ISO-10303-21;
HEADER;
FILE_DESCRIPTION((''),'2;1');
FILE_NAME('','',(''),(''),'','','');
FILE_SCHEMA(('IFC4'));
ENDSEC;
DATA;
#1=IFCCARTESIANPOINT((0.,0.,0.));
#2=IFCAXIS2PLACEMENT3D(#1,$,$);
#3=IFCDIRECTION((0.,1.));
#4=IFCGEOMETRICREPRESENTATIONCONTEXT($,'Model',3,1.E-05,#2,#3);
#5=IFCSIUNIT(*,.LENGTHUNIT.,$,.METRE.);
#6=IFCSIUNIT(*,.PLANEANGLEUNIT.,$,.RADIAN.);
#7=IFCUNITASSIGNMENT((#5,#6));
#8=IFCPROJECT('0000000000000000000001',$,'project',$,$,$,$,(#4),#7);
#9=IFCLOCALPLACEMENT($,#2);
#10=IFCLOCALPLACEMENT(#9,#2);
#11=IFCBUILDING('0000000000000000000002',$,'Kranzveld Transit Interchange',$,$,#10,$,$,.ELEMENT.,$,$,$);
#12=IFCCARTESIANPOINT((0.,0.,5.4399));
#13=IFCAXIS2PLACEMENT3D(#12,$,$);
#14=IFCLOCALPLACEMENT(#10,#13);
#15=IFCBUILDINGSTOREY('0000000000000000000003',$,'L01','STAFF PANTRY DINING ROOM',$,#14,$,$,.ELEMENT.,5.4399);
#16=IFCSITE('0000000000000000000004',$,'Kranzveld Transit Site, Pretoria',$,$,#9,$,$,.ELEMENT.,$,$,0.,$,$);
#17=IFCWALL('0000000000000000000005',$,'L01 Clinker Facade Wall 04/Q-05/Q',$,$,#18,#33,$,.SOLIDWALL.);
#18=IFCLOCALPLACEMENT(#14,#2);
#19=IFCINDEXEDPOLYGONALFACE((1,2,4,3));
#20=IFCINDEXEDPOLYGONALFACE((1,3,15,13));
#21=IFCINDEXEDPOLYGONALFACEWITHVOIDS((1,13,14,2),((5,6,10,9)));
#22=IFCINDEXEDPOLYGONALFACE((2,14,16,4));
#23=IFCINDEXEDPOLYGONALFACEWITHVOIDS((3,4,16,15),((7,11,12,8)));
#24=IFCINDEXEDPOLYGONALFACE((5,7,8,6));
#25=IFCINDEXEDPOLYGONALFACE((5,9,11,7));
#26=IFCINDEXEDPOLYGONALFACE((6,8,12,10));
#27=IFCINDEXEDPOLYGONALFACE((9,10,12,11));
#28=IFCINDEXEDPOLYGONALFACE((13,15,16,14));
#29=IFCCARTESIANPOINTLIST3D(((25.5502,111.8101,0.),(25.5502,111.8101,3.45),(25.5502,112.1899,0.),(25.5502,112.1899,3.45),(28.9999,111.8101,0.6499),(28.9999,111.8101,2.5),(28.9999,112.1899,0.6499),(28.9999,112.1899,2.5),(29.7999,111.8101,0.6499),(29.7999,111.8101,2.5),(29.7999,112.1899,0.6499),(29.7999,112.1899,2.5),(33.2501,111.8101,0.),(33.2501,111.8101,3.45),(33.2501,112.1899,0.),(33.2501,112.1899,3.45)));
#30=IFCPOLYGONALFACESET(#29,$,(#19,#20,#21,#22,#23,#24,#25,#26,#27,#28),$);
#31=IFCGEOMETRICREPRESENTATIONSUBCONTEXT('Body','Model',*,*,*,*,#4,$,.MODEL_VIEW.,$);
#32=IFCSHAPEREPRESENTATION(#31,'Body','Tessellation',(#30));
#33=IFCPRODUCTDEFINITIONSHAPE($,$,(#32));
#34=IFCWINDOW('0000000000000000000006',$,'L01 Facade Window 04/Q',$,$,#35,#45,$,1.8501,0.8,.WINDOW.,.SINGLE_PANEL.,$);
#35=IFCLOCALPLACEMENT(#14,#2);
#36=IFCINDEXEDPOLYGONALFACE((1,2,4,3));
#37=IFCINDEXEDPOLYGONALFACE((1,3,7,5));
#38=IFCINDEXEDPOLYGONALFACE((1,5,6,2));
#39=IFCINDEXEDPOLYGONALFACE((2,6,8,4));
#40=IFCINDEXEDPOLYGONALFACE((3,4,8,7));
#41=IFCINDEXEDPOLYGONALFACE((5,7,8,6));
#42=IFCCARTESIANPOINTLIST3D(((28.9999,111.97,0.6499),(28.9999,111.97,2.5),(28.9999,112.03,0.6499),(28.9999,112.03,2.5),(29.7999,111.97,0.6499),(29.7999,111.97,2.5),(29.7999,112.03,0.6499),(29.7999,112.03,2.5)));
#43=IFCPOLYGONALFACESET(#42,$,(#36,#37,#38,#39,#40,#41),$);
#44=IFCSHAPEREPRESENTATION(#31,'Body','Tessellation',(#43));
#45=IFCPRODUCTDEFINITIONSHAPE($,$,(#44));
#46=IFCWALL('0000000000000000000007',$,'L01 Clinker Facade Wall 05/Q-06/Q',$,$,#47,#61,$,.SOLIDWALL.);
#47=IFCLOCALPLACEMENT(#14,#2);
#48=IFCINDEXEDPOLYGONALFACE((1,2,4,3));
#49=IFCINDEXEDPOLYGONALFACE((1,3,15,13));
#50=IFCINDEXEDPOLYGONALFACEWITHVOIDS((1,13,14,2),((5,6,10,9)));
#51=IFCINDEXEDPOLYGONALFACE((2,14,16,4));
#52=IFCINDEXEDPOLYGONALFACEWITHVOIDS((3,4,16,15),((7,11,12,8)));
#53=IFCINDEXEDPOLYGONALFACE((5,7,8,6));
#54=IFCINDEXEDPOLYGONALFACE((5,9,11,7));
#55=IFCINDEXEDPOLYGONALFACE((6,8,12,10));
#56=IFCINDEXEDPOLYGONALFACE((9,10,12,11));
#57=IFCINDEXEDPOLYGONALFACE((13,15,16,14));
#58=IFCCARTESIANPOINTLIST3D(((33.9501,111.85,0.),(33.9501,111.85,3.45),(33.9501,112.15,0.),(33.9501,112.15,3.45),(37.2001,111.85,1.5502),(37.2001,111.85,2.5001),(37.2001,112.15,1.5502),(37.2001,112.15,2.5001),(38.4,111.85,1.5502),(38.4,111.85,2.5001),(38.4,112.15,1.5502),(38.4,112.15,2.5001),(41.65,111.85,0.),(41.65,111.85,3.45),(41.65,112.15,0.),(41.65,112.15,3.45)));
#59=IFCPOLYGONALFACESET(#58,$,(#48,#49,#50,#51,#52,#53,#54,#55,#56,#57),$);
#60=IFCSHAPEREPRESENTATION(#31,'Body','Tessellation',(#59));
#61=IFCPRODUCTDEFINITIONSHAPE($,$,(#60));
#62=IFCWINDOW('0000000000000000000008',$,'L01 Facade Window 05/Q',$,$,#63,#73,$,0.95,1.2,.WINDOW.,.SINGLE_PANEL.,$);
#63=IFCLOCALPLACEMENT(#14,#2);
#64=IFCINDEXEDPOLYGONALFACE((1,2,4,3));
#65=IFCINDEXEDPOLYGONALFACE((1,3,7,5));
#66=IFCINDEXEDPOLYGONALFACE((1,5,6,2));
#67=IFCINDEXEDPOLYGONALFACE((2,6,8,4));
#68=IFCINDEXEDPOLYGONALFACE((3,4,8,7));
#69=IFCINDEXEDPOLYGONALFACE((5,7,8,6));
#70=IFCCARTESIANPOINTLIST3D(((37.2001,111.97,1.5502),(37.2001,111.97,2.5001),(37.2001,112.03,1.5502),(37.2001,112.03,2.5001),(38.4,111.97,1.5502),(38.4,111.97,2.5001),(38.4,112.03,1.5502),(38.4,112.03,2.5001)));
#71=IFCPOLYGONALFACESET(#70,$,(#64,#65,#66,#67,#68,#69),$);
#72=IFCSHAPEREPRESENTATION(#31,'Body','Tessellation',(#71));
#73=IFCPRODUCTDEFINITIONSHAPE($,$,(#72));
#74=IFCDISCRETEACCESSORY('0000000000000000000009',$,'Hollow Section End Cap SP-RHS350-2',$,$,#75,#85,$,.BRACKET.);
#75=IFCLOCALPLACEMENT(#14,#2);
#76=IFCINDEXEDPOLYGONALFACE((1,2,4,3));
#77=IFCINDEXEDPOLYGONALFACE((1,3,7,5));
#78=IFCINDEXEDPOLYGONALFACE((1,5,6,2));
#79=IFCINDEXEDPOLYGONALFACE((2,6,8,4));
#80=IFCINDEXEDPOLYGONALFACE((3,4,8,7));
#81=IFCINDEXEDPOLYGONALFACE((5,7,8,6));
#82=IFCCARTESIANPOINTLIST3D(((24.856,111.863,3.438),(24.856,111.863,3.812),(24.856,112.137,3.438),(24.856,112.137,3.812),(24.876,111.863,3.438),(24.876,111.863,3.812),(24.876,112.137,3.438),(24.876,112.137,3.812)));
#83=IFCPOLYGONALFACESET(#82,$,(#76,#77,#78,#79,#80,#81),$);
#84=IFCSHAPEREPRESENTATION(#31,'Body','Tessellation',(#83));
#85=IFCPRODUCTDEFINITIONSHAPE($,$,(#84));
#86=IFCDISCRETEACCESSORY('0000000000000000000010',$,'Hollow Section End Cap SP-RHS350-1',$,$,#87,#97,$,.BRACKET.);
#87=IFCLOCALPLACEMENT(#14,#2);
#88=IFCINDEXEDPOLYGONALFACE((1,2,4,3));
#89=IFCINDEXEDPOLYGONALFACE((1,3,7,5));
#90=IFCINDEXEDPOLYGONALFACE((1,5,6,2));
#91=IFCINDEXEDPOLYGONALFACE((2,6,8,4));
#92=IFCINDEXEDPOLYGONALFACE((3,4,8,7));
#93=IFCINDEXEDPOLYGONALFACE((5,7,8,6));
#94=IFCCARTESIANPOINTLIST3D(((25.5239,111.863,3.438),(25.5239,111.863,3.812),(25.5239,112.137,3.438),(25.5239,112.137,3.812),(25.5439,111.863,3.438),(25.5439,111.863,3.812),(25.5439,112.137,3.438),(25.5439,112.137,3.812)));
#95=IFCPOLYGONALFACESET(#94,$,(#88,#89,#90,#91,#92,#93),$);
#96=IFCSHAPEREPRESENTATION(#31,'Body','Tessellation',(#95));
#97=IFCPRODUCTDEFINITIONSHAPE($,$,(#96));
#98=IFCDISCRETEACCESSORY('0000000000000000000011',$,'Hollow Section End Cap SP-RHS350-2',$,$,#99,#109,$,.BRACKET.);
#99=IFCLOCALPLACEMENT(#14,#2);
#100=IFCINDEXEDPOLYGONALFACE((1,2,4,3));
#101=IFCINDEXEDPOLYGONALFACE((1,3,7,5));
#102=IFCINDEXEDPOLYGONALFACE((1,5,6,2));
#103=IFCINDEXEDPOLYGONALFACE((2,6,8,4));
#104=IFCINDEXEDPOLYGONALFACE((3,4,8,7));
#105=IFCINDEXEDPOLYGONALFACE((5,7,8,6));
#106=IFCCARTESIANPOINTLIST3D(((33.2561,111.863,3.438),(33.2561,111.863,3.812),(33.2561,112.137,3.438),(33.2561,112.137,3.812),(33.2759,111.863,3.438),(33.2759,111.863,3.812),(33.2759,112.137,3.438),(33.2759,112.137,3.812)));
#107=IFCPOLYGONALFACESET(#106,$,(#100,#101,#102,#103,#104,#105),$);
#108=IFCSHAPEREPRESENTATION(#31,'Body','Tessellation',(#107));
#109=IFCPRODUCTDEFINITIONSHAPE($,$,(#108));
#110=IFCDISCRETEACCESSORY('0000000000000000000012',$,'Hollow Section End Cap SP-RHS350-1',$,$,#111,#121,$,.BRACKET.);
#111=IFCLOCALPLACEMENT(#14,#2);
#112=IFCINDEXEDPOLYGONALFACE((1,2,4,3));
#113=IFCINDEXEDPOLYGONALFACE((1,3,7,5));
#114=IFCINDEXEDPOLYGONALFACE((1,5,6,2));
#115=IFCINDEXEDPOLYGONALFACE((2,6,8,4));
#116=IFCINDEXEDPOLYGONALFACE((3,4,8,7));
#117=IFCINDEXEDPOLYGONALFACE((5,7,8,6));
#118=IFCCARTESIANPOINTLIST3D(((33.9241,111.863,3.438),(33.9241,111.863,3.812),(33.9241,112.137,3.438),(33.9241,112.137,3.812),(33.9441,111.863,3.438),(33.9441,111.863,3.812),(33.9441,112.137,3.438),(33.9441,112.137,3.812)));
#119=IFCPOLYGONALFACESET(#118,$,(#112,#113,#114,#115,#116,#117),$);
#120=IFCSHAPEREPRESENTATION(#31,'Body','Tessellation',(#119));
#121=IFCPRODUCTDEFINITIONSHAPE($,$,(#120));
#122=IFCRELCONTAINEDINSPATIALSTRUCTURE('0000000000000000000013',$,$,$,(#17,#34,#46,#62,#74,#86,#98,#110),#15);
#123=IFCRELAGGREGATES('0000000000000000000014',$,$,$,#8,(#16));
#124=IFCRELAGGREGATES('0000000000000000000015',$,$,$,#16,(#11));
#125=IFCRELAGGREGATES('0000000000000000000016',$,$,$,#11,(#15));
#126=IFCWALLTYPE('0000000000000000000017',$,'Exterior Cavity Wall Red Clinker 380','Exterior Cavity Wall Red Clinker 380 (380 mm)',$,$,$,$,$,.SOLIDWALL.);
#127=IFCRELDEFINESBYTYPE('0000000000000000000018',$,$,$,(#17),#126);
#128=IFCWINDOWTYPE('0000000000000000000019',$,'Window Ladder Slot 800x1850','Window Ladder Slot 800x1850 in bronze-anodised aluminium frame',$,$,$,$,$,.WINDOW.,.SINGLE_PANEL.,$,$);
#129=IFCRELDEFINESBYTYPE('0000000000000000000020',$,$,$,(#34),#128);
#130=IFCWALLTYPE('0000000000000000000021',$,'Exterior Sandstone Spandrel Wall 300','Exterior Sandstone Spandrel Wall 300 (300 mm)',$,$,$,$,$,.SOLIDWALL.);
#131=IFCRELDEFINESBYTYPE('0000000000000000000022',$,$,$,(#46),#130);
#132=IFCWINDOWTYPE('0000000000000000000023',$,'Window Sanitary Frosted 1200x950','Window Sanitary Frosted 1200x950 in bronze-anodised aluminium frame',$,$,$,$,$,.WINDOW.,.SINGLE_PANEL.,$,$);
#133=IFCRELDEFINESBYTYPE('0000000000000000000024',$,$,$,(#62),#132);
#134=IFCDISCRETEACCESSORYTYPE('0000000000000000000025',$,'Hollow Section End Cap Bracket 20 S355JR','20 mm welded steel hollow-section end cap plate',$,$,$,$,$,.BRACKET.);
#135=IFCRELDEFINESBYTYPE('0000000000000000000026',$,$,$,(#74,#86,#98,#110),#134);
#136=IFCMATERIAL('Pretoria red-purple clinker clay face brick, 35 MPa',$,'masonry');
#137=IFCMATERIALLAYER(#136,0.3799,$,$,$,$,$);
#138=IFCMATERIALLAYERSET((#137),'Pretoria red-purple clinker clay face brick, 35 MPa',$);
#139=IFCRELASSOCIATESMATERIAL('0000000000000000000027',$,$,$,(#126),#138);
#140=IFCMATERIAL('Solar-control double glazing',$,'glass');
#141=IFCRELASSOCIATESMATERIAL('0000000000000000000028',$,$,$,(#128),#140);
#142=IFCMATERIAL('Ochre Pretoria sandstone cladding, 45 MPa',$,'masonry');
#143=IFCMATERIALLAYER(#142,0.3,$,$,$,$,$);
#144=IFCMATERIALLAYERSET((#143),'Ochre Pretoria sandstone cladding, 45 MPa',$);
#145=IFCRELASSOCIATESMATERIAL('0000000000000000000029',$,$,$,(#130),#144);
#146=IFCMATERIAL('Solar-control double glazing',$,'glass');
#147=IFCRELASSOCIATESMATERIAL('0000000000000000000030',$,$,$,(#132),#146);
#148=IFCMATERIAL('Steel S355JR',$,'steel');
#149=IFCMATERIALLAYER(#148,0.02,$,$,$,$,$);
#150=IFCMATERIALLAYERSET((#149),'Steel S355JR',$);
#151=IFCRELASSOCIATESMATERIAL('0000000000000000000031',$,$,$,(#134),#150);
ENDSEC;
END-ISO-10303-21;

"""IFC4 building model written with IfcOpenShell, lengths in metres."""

from ifc_helpers import new_model, si_unit, direction, frame, frame_2d, origin, origin_2d, place, context, subcontext, project, spatial, rectangle, extrude, material, layer, layer_set, type_object, element, fill, save


model = new_model("IFC4")

# Units and contexts
model_context = context("Model", 3, precision=1e-05, world=origin(), true_north=direction((0.0, 1.0)))
body_context = subcontext(model_context, "Body", "Model", "MODEL_VIEW")
ifc_project = project(units=[si_unit("LENGTHUNIT", "METRE"), si_unit("PLANEANGLEUNIT", "RADIAN")], contexts=[model_context])

# Site, building, storey
site_placement = place(None, origin())
site = spatial("IfcSite", under=ifc_project, at=site_placement, Name="Kranzveld Transit Site, Pretoria", CompositionType="ELEMENT", RefElevation=0.0)
building_placement = place(site_placement, origin())
building = spatial("IfcBuilding", under=site, at=building_placement, Name="Kranzveld Transit Interchange", CompositionType="ELEMENT")
storey_placement = place(building_placement, frame((0.0, 0.0, 5.4399)))
storey = spatial("IfcBuildingStorey", under=building, at=storey_placement, Name="L01", Description="STAFF PANTRY DINING ROOM", CompositionType="ELEMENT", Elevation=5.4399)

# Walls, openings, windows
ifc_material_1 = material(Name="Pretoria red-purple clinker clay face brick, 35 MPa", Category="masonry")
ifc_layer_1 = layer(ifc_material_1, 0.3799)
ifc_layer_set_1 = layer_set([ifc_layer_1], Name="Pretoria red-purple clinker clay face brick, 35 MPa")
wall_type_1 = type_object("IfcWallType", Name="Exterior Cavity Wall Red Clinker 380", Description="Exterior Cavity Wall Red Clinker 380 (380 mm)", PredefinedType="SOLIDWALL", material=ifc_layer_set_1)
wall_1_placement = place(storey_placement, frame((25.55, 112.0, 0.0), z_axis=(0.0, 0.0, 1.0), x_axis=(1.0, 0.0, 0.0)))
wall_1 = element("IfcWall", 1, at=wall_1_placement, inside=storey, type_object=wall_type_1, Name="L01 Clinker Facade Wall 04/Q-05/Q", PredefinedType="SOLIDWALL", context=body_context, shape_type="SweptSolid", body=[
    extrude(rectangle(XDim=7.7, YDim=0.3799, at=frame_2d((3.8501, 0.0))), origin(), (0.0, 0.0, 1.0), 3.45),
])
opening_1_placement = place(wall_1_placement, frame((3.45, 0.0, 0.6499), z_axis=(0.0, 0.0, 1.0), x_axis=(1.0, 0.0, 0.0)))
opening_1 = element("IfcOpeningElement", 2, at=opening_1_placement, cuts=wall_1, PredefinedType="OPENING", context=body_context, shape_type="SweptSolid", body=[
    extrude(rectangle(XDim=0.8, YDim=1.8501, at=frame_2d((0.3999, 0.925))), frame((0.0, 0.2, 0.0), z_axis=(0.0, -1.0, 0.0), x_axis=(1.0, 0.0, 0.0)), (0.0, 0.0, 1.0), 0.3999),
])
ifc_material_2 = material(Name="Solar-control double glazing", Category="glass")
window_type_1 = type_object("IfcWindowType", Name="Window Ladder Slot 800x1850", Description="Window Ladder Slot 800x1850 in bronze-anodised aluminium frame", PartitioningType="SINGLE_PANEL", PredefinedType="WINDOW", material=ifc_material_2)
window_1_placement = place(opening_1_placement, origin())
window_1 = element("IfcWindow", 3, at=window_1_placement, inside=storey, type_object=window_type_1, Name="L01 Facade Window 04/Q", OverallHeight=1.8501, OverallWidth=0.8, PartitioningType="SINGLE_PANEL", PredefinedType="WINDOW", context=body_context, shape_type="SweptSolid", body=[
    extrude(rectangle(XDim=0.8, YDim=1.8501, at=frame_2d((0.3999, 0.925))), frame((0.0, 0.03, 0.0), z_axis=(0.0, -1.0, 0.0), x_axis=(1.0, 0.0, 0.0)), (0.0, 0.0, 1.0), 0.0601),
])
fill(opening_1, window_1)
ifc_material_3 = material(Name="Ochre Pretoria sandstone cladding, 45 MPa", Category="masonry")
ifc_layer_2 = layer(ifc_material_3, 0.3)
ifc_layer_set_2 = layer_set([ifc_layer_2], Name="Ochre Pretoria sandstone cladding, 45 MPa")
wall_type_2 = type_object("IfcWallType", Name="Exterior Sandstone Spandrel Wall 300", Description="Exterior Sandstone Spandrel Wall 300 (300 mm)", PredefinedType="SOLIDWALL", material=ifc_layer_set_2)
wall_2_placement = place(storey_placement, frame((33.95, 112.0, 0.0), z_axis=(0.0, 0.0, 1.0), x_axis=(1.0, 0.0, 0.0)))
wall_2 = element("IfcWall", 4, at=wall_2_placement, inside=storey, type_object=wall_type_2, Name="L01 Clinker Facade Wall 05/Q-06/Q", PredefinedType="SOLIDWALL", context=body_context, shape_type="SweptSolid", body=[
    extrude(rectangle(XDim=7.7, YDim=0.3, at=frame_2d((3.8501, 0.0))), origin(), (0.0, 0.0, 1.0), 3.45),
])
opening_2_placement = place(wall_2_placement, frame((3.25, 0.0, 1.55), z_axis=(0.0, 0.0, 1.0), x_axis=(1.0, 0.0, 0.0)))
opening_2 = element("IfcOpeningElement", 5, at=opening_2_placement, cuts=wall_2, PredefinedType="OPENING", context=body_context, shape_type="SweptSolid", body=[
    extrude(rectangle(XDim=1.2, YDim=0.95, at=frame_2d((0.6001, 0.4751))), frame((0.0, 0.1599, 0.0), z_axis=(0.0, -1.0, 0.0), x_axis=(1.0, 0.0, 0.0)), (0.0, 0.0, 1.0), 0.3201),
])
ifc_material_4 = material(Name="Solar-control double glazing", Category="glass")
window_type_2 = type_object("IfcWindowType", Name="Window Sanitary Frosted 1200x950", Description="Window Sanitary Frosted 1200x950 in bronze-anodised aluminium frame", PartitioningType="SINGLE_PANEL", PredefinedType="WINDOW", material=ifc_material_4)
window_2_placement = place(opening_2_placement, origin())
window_2 = element("IfcWindow", 6, at=window_2_placement, inside=storey, type_object=window_type_2, Name="L01 Facade Window 05/Q", OverallHeight=0.95, OverallWidth=1.2, PartitioningType="SINGLE_PANEL", PredefinedType="WINDOW", context=body_context, shape_type="SweptSolid", body=[
    extrude(rectangle(XDim=1.2, YDim=0.95, at=frame_2d((0.6001, 0.4751))), frame((0.0, 0.03, 0.0), z_axis=(0.0, -1.0, 0.0), x_axis=(1.0, 0.0, 0.0)), (0.0, 0.0, 1.0), 0.0601),
])
fill(opening_2, window_2)

# Discrete accessories
ifc_material_5 = material(Name="Steel S355JR", Category="steel")
ifc_layer_3 = layer(ifc_material_5, 0.02)
ifc_layer_set_3 = layer_set([ifc_layer_3], Name="Steel S355JR")
discrete_accessory_type = type_object("IfcDiscreteAccessoryType", Name="Hollow Section End Cap Bracket 20 S355JR", Description="20 mm welded steel hollow-section end cap plate", PredefinedType="BRACKET", material=ifc_layer_set_3)
for number, where, z_axis, x_axis, name in (
    (7, (24.856, 112.0, 3.625), (1.0, 0.0, 0.0), (0.0, 1.0, 0.0), "Hollow Section End Cap SP-RHS350-2"),
    (8, (25.5439, 112.0, 3.625), (-1.0, 0.0, 0.0), (0.0, -1.0, 0.0), "Hollow Section End Cap SP-RHS350-1"),
):
    element("IfcDiscreteAccessory", number, at=place(storey_placement, frame(where, z_axis=z_axis, x_axis=x_axis)), inside=storey, type_object=discrete_accessory_type, Name=name, PredefinedType="BRACKET", context=body_context, shape_type="SweptSolid", body=[
        extrude(rectangle(XDim=0.2739, YDim=0.374, at=origin_2d()), origin(), (0.0, 0.0, 1.0), 0.02),
    ])
discrete_accessory_1_placement = place(storey_placement, frame((33.2561, 112.0, 3.625), z_axis=(1.0, 0.0, 0.0), x_axis=(0.0, 1.0, 0.0)))
element("IfcDiscreteAccessory", 9, at=discrete_accessory_1_placement, inside=storey, type_object=discrete_accessory_type, Name="Hollow Section End Cap SP-RHS350-2", PredefinedType="BRACKET", context=body_context, shape_type="SweptSolid", body=[
    extrude(rectangle(XDim=0.2739, YDim=0.374, at=origin_2d()), origin(), (0.0, 0.0, 1.0), 0.0198),
])
discrete_accessory_2_placement = place(storey_placement, frame((33.9441, 112.0, 3.625), z_axis=(-1.0, 0.0, 0.0), x_axis=(0.0, -1.0, 0.0)))
element("IfcDiscreteAccessory", 10, at=discrete_accessory_2_placement, inside=storey, type_object=discrete_accessory_type, Name="Hollow Section End Cap SP-RHS350-1", PredefinedType="BRACKET", context=body_context, shape_type="SweptSolid", body=[
    extrude(rectangle(XDim=0.2739, YDim=0.374, at=origin_2d()), origin(), (0.0, 0.0, 1.0), 0.02),
])

save(model, "model.ifc")
